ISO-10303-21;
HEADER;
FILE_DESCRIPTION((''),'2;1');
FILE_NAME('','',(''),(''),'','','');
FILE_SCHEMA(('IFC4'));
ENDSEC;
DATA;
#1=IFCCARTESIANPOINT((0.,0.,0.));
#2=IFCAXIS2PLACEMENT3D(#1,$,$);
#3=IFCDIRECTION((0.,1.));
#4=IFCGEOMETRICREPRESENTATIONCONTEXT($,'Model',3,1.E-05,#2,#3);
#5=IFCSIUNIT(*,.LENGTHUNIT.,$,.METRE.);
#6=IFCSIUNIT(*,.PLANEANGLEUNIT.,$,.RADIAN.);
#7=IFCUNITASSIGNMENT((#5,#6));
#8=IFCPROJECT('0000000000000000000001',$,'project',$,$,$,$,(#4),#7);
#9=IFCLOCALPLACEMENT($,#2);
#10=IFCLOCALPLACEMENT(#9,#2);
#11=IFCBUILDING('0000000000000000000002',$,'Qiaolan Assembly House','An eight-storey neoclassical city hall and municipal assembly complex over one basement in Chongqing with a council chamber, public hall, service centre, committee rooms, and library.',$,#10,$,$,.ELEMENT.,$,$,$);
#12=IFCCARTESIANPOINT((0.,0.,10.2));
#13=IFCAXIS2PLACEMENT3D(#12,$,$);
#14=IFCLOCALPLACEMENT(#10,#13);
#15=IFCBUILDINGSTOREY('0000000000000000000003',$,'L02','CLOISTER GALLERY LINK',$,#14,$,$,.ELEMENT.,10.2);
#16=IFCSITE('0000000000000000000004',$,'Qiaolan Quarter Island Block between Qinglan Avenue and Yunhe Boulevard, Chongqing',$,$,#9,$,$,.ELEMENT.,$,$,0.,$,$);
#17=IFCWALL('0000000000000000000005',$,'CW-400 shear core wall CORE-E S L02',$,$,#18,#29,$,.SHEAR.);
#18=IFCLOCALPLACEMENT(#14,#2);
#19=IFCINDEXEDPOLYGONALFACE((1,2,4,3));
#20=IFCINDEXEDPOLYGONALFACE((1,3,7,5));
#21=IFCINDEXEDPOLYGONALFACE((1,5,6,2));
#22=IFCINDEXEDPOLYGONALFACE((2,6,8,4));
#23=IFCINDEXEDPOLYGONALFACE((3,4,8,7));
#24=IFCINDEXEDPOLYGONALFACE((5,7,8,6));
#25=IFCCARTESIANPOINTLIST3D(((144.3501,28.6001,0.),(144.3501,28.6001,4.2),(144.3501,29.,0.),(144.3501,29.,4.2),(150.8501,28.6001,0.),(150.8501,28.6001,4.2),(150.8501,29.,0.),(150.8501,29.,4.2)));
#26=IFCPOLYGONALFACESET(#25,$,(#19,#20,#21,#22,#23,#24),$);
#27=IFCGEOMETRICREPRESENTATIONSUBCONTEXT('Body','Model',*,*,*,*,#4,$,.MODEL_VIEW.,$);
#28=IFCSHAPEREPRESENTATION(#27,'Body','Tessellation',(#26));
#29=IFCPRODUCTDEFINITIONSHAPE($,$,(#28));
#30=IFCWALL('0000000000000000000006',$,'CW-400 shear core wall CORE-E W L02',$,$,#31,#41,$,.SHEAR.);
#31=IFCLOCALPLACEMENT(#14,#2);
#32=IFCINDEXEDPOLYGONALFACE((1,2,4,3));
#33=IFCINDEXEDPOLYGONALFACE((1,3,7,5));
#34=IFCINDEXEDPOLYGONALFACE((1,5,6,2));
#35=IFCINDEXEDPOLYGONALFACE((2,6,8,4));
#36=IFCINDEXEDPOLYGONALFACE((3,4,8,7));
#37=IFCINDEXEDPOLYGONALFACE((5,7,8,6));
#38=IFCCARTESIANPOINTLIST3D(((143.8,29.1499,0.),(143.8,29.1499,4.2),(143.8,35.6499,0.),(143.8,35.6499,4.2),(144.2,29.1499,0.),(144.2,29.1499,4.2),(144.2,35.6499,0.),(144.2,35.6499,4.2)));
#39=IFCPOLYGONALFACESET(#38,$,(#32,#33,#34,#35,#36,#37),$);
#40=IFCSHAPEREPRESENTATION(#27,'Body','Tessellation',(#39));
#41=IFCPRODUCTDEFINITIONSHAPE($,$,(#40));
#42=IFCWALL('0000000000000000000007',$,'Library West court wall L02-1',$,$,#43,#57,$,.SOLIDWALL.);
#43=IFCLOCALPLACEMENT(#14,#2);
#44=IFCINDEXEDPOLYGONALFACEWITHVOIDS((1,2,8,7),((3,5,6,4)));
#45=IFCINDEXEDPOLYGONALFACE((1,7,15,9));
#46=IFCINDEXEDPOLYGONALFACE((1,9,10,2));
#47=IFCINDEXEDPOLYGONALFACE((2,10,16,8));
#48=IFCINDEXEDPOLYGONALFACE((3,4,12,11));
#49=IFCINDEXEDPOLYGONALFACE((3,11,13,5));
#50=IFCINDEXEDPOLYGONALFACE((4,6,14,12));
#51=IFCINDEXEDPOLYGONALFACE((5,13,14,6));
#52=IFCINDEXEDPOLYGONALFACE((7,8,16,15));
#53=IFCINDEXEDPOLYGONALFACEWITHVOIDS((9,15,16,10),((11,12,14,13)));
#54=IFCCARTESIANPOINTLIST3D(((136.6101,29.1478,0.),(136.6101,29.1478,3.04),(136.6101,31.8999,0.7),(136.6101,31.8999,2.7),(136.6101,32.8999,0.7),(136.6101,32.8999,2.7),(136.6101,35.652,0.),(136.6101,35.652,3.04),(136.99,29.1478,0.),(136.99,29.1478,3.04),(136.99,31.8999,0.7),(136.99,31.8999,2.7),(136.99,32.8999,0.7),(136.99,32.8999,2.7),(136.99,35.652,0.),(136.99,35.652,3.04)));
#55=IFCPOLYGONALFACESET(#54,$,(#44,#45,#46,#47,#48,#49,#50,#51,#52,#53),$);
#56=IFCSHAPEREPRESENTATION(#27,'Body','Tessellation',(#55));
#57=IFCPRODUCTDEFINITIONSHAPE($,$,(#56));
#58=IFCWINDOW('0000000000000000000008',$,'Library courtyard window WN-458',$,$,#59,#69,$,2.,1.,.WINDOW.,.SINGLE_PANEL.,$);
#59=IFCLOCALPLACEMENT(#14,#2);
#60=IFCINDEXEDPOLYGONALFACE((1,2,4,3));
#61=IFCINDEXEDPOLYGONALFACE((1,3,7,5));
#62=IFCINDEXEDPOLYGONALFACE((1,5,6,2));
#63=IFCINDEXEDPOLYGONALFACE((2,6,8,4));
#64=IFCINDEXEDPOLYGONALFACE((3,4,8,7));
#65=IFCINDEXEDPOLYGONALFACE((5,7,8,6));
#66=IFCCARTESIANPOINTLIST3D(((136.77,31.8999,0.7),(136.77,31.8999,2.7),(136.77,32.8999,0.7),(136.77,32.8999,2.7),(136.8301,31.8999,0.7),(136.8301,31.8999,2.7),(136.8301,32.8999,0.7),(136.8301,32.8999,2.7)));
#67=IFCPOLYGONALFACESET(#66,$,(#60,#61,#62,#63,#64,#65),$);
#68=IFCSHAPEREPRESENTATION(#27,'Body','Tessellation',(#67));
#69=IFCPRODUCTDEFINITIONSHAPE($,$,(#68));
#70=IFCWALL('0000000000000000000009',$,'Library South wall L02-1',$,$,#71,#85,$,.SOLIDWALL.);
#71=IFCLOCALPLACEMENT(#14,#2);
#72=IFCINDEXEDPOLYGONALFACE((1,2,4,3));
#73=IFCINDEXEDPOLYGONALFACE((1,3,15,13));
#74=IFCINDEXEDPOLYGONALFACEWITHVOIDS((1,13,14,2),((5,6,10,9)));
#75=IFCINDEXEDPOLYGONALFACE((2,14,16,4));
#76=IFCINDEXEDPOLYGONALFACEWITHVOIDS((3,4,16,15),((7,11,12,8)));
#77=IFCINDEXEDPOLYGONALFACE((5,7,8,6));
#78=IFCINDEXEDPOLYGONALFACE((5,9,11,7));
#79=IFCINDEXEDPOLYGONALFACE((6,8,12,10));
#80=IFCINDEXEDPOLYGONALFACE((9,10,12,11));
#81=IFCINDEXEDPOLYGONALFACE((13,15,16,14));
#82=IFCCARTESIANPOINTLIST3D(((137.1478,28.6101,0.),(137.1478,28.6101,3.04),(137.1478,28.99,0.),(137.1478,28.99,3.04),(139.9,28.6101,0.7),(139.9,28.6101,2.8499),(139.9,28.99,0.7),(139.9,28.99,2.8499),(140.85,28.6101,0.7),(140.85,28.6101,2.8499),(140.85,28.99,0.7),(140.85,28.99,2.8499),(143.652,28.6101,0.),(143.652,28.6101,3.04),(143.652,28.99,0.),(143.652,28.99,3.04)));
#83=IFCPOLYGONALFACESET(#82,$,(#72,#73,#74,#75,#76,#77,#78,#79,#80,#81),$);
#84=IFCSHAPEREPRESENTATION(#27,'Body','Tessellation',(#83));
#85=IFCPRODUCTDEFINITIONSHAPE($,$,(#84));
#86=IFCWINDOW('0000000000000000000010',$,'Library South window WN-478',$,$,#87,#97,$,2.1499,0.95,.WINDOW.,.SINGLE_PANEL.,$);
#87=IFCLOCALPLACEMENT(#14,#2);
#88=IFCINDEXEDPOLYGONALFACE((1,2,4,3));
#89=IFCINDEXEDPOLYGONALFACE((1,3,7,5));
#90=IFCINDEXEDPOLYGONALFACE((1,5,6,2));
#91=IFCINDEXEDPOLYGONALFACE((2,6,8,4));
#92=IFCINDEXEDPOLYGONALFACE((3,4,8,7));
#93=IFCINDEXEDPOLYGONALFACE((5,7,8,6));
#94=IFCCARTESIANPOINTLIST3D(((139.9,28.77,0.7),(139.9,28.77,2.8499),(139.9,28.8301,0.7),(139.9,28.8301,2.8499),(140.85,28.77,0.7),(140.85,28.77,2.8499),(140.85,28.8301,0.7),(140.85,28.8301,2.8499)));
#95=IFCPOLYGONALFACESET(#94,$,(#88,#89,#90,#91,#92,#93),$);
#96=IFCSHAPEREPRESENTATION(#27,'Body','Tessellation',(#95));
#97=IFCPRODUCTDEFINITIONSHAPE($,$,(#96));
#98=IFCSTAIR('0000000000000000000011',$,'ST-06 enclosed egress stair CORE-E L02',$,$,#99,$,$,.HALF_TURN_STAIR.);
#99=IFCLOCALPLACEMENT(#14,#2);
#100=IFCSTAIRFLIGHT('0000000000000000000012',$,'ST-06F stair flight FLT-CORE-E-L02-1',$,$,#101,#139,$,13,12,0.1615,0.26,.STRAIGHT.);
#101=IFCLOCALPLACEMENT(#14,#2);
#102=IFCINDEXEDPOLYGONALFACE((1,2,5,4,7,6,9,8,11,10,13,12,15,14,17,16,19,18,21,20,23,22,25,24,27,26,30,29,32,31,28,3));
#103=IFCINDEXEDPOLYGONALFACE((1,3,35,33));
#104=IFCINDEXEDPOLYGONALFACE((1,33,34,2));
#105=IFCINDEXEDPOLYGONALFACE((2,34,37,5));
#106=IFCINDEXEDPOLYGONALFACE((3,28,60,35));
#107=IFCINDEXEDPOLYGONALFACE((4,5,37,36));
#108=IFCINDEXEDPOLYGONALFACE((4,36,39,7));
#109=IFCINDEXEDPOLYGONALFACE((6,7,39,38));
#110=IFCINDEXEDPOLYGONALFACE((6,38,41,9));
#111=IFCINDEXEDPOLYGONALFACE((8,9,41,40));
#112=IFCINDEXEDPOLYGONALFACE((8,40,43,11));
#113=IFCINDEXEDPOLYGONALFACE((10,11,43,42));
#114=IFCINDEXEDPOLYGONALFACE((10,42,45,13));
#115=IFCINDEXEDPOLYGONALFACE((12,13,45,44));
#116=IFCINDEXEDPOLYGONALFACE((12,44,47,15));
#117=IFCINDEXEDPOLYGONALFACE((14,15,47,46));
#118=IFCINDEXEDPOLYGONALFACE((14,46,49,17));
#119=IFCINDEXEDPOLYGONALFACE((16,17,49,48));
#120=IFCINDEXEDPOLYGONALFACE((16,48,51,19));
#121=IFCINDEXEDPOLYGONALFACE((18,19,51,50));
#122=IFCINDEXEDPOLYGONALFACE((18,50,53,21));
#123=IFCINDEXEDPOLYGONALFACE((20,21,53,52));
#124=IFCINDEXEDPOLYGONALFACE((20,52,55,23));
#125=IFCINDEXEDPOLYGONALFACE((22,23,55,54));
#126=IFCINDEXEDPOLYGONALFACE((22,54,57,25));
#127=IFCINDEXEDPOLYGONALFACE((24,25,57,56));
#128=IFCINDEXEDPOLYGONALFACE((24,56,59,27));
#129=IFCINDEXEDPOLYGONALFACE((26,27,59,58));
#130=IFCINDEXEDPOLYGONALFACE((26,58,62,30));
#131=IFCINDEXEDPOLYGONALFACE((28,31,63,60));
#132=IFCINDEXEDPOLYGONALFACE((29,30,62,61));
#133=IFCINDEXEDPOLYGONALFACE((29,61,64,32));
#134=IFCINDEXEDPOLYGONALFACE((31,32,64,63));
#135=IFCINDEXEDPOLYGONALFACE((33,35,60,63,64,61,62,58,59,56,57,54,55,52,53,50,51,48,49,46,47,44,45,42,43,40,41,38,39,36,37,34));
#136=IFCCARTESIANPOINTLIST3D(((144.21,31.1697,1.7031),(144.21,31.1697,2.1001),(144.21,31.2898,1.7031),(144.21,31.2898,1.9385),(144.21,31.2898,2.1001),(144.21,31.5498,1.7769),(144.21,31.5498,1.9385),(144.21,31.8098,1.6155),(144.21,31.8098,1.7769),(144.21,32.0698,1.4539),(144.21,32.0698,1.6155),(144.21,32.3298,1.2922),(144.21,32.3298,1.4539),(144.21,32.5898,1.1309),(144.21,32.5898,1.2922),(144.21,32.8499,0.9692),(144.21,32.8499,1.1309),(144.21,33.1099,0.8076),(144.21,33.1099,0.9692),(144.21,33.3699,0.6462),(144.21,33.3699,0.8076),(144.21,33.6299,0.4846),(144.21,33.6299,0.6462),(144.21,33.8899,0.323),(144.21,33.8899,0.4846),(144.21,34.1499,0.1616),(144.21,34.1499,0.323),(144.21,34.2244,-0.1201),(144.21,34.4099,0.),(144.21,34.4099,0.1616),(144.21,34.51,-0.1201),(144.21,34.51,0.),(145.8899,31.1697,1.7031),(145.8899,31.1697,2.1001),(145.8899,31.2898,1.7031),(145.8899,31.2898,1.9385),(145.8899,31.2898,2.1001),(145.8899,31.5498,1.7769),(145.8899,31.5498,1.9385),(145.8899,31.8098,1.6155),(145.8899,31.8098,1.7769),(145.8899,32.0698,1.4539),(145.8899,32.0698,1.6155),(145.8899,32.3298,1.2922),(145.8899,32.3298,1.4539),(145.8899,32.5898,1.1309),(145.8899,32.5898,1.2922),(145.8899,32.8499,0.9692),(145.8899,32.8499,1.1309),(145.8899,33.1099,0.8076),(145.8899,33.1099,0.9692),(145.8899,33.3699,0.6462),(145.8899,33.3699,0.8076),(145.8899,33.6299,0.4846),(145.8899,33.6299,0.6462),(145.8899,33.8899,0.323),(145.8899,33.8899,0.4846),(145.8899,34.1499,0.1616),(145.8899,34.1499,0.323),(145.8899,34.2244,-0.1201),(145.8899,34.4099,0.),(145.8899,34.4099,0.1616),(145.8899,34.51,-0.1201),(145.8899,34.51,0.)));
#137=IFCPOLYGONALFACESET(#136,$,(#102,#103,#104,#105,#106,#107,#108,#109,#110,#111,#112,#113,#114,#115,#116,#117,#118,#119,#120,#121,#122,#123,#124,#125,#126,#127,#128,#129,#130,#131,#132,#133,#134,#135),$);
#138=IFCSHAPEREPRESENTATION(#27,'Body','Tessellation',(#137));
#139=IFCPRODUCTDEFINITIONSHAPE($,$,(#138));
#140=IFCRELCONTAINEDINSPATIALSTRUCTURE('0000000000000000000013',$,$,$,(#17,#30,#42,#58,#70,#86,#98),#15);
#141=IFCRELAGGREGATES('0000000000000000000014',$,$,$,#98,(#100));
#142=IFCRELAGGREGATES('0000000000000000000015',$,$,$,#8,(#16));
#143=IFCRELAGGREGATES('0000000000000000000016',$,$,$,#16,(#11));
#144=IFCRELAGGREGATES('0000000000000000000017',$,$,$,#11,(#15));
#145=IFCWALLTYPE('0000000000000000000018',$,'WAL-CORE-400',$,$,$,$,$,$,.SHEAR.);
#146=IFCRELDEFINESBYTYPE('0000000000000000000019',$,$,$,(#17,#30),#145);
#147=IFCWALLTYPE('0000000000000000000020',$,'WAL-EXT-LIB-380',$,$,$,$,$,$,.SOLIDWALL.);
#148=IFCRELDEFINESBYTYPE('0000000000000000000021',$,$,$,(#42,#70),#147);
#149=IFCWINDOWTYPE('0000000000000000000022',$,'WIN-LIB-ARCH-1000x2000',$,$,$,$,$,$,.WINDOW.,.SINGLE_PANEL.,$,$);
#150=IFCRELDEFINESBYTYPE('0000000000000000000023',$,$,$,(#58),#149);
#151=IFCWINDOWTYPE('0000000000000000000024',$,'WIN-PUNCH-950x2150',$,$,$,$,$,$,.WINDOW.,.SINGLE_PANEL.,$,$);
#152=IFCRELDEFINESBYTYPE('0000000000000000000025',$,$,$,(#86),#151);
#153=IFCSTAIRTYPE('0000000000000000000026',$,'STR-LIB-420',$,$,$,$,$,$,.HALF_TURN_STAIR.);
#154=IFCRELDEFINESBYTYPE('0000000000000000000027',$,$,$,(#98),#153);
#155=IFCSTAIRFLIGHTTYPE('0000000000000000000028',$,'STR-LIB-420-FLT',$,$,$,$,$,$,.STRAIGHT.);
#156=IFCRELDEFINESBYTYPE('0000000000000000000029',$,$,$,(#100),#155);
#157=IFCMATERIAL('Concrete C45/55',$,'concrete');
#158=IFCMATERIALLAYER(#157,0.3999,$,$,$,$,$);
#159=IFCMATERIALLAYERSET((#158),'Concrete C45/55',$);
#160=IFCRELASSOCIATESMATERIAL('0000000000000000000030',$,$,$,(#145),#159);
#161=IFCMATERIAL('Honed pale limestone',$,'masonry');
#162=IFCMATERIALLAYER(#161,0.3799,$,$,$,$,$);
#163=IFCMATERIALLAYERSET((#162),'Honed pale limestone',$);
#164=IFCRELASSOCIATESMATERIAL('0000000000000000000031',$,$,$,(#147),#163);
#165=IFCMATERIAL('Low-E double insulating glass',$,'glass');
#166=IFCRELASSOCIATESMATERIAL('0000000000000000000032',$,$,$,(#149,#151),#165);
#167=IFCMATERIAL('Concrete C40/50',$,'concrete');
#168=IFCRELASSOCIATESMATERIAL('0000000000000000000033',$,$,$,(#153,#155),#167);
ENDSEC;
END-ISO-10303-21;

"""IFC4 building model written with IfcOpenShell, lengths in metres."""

from ifc_helpers import new_model, si_unit, direction, frame, frame_2d, origin, place, context, subcontext, project, spatial, polyline, rectangle, outline, extrude, material, layer, layer_set, type_object, element, fill, aggregate, save


model = new_model("IFC4")

# Units and contexts
model_context = context("Model", 3, precision=1e-05, world=origin(), true_north=direction((0.0, 1.0)))
body_context = subcontext(model_context, "Body", "Model", "MODEL_VIEW")
ifc_project = project(units=[si_unit("LENGTHUNIT", "METRE"), si_unit("PLANEANGLEUNIT", "RADIAN")], contexts=[model_context])

# Site, building, storey
site_placement = place(None, origin())
site = spatial("IfcSite", under=ifc_project, at=site_placement, Name="Qiaolan Quarter Island Block between Qinglan Avenue and Yunhe Boulevard, Chongqing", CompositionType="ELEMENT", RefElevation=0.0)
building_placement = place(site_placement, origin())
building = spatial("IfcBuilding", under=site, at=building_placement, Name="Qiaolan Assembly House", Description="An eight-storey neoclassical city hall and municipal assembly complex over one basement in Chongqing with a council chamber, public hall, service centre, committee rooms, and library.", CompositionType="ELEMENT")
storey_placement = place(building_placement, frame((0.0, 0.0, 10.2)))
storey = spatial("IfcBuildingStorey", under=building, at=storey_placement, Name="L02", Description="CLOISTER GALLERY LINK", CompositionType="ELEMENT", Elevation=10.2)

# Shared definitions
ifc_material_1 = material(Name="Concrete C40/50", Category="concrete")

# Shared definitions
ifc_material_2 = material(Name="Concrete C45/55", Category="concrete")

# Walls
ifc_layer_1 = layer(ifc_material_2, 0.3999)
ifc_layer_set_1 = layer_set([ifc_layer_1], Name="Concrete C45/55")
wall_type_1 = type_object("IfcWallType", Name="WAL-CORE-400", PredefinedType="SHEAR", material=ifc_layer_set_1)
for number, where, z_axis, x_axis, name in (
    (1, (144.3501, 28.8, 0.0), (0.0, 0.0, 1.0), (1.0, 0.0, 0.0), "CW-400 shear core wall CORE-E S L02"),
    (2, (144.0, 35.6499, 0.0), (0.0, 0.0, 1.0), (0.0, -1.0, 0.0), "CW-400 shear core wall CORE-E W L02"),
):
    element("IfcWall", number, at=place(storey_placement, frame(where, z_axis=z_axis, x_axis=x_axis)), inside=storey, type_object=wall_type_1, Name=name, PredefinedType="SHEAR", context=body_context, shape_type="SweptSolid", body=[
        extrude(rectangle(XDim=6.5, YDim=0.3999, at=frame_2d((3.25, 0.0))), origin(), (0.0, 0.0, 1.0), 4.2),
    ])

# Walls, openings, windows
ifc_material_3 = material(Name="Honed pale limestone", Category="masonry")
ifc_layer_2 = layer(ifc_material_3, 0.3799)
ifc_layer_set_2 = layer_set([ifc_layer_2], Name="Honed pale limestone")
wall_type_2 = type_object("IfcWallType", Name="WAL-EXT-LIB-380", PredefinedType="SOLIDWALL", material=ifc_layer_set_2)
wall_1_placement = place(storey_placement, frame((136.8, 29.1479, 0.0), z_axis=(0.0, 0.0, 1.0), x_axis=(0.0, 1.0, 0.0)))
wall_1 = element("IfcWall", 3, at=wall_1_placement, inside=storey, type_object=wall_type_2, Name="Library West court wall L02-1", PredefinedType="SOLIDWALL", context=body_context, shape_type="SweptSolid", body=[
    extrude(rectangle(XDim=6.5042, YDim=0.3799, at=frame_2d((3.252, 0.0))), origin(), (0.0, 0.0, 1.0), 3.04),
])
opening_1_placement = place(wall_1_placement, frame((2.752, 0.0, 0.7)))
opening_1 = element("IfcOpeningElement", 4, at=opening_1_placement, cuts=wall_1, PredefinedType="OPENING", context=body_context, shape_type="SweptSolid", body=[
    extrude(rectangle(XDim=1.0, YDim=2.0, at=frame_2d((0.5, 1.0))), frame((0.0, 0.2, 0.0), z_axis=(0.0, -1.0, 0.0), x_axis=(1.0, 0.0, 0.0)), (0.0, 0.0, 1.0), 0.3999),
])
ifc_material_4 = material(Name="Low-E double insulating glass", Category="glass")
window_type_1 = type_object("IfcWindowType", Name="WIN-LIB-ARCH-1000x2000", PartitioningType="SINGLE_PANEL", PredefinedType="WINDOW", material=ifc_material_4)
window_1_placement = place(opening_1_placement, origin())
window_1 = element("IfcWindow", 5, at=window_1_placement, inside=storey, type_object=window_type_1, Name="Library courtyard window WN-458", OverallHeight=2.0, OverallWidth=1.0, PartitioningType="SINGLE_PANEL", PredefinedType="WINDOW", context=body_context, shape_type="SweptSolid", body=[
    extrude(rectangle(XDim=1.0, YDim=2.0, at=frame_2d((0.5, 1.0))), frame((0.0, 0.03, 0.0), z_axis=(0.0, -1.0, 0.0), x_axis=(1.0, 0.0, 0.0)), (0.0, 0.0, 1.0), 0.0601),
])
fill(opening_1, window_1)
wall_2_placement = place(storey_placement, frame((137.1479, 28.8, 0.0), z_axis=(0.0, 0.0, 1.0), x_axis=(1.0, 0.0, 0.0)))
wall_2 = element("IfcWall", 6, at=wall_2_placement, inside=storey, type_object=wall_type_2, Name="Library South wall L02-1", PredefinedType="SOLIDWALL", context=body_context, shape_type="SweptSolid", body=[
    extrude(rectangle(XDim=6.5042, YDim=0.3799, at=frame_2d((3.252, 0.0))), origin(), (0.0, 0.0, 1.0), 3.04),
])
opening_2_placement = place(wall_2_placement, frame((2.752, 0.0, 0.7)))
opening_2 = element("IfcOpeningElement", 7, at=opening_2_placement, cuts=wall_2, PredefinedType="OPENING", context=body_context, shape_type="SweptSolid", body=[
    extrude(rectangle(XDim=0.95, YDim=2.1499, at=frame_2d((0.4751, 1.075))), frame((0.0, 0.2, 0.0), z_axis=(0.0, -1.0, 0.0), x_axis=(1.0, 0.0, 0.0)), (0.0, 0.0, 1.0), 0.3999),
])
window_type_2 = type_object("IfcWindowType", Name="WIN-PUNCH-950x2150", PartitioningType="SINGLE_PANEL", PredefinedType="WINDOW", material=ifc_material_4)
window_2_placement = place(opening_2_placement, origin())
window_2 = element("IfcWindow", 8, at=window_2_placement, inside=storey, type_object=window_type_2, Name="Library South window WN-478", OverallHeight=2.1499, OverallWidth=0.95, PartitioningType="SINGLE_PANEL", PredefinedType="WINDOW", context=body_context, shape_type="SweptSolid", body=[
    extrude(rectangle(XDim=0.95, YDim=2.1499, at=frame_2d((0.4751, 1.075))), frame((0.0, 0.03, 0.0), z_axis=(0.0, -1.0, 0.0), x_axis=(1.0, 0.0, 0.0)), (0.0, 0.0, 1.0), 0.0601),
])
fill(opening_2, window_2)

# Stair, stair flight
stair_type = type_object("IfcStairType", Name="STR-LIB-420", PredefinedType="HALF_TURN_STAIR", material=ifc_material_1)
stair_placement = place(storey_placement, origin())
stair = element("IfcStair", 9, at=stair_placement, inside=storey, type_object=stair_type, Name="ST-06 enclosed egress stair CORE-E L02", PredefinedType="HALF_TURN_STAIR")
stair_flight_type = type_object("IfcStairFlightType", Name="STR-LIB-420-FLT", PredefinedType="STRAIGHT", material=ifc_material_1)
stair_flight_placement = place(storey_placement, frame((145.05, 34.4099, 0.0), z_axis=(0.0, 0.0, 1.0), x_axis=(0.0, -1.0, 0.0)))
stair_flight = element("IfcStairFlight", 10, at=stair_flight_placement, type_object=stair_flight_type, Name="ST-06F stair flight FLT-CORE-E-L02-1", NumberOfRisers=13, NumberOfTreads=12, PredefinedType="STRAIGHT", RiserHeight=0.1615, TreadLength=0.26, context=body_context, shape_type="SweptSolid", body=[
    extrude(outline(polyline([(-0.1001, -0.1201), (-0.1001, 0.0), (0.0, 0.0), (0.0, 0.1616), (0.26, 0.1616), (0.26, 0.323), (0.52, 0.323), (0.52, 0.4846), (0.78, 0.4846), (0.78, 0.6462), (1.04, 0.6462), (1.04, 0.8076), (1.3, 0.8076), (1.3, 0.9692), (1.5601, 0.9692), (1.5601, 1.1309), (1.8201, 1.1309), (1.8201, 1.2922), (2.0801, 1.2922), (2.0801, 1.4539), (2.3401, 1.4539), (2.3401, 1.6155), (2.6001, 1.6155), (2.6001, 1.7769), (2.8601, 1.7769), (2.8601, 1.9385), (3.1201, 1.9385), (3.1201, 2.1001), (3.2402, 2.1001), (3.2402, 1.7031), (3.1201, 1.7031), (0.1855, -0.1201), (-0.1001, -0.1201)])), frame((0.0, 0.8398, 0.0), z_axis=(0.0, -1.0, 0.0), x_axis=(1.0, 0.0, 0.0)), (0.0, 0.0, 1.0), 1.6799),
])
aggregate(stair, [stair_flight])

save(model, "model.ifc")
